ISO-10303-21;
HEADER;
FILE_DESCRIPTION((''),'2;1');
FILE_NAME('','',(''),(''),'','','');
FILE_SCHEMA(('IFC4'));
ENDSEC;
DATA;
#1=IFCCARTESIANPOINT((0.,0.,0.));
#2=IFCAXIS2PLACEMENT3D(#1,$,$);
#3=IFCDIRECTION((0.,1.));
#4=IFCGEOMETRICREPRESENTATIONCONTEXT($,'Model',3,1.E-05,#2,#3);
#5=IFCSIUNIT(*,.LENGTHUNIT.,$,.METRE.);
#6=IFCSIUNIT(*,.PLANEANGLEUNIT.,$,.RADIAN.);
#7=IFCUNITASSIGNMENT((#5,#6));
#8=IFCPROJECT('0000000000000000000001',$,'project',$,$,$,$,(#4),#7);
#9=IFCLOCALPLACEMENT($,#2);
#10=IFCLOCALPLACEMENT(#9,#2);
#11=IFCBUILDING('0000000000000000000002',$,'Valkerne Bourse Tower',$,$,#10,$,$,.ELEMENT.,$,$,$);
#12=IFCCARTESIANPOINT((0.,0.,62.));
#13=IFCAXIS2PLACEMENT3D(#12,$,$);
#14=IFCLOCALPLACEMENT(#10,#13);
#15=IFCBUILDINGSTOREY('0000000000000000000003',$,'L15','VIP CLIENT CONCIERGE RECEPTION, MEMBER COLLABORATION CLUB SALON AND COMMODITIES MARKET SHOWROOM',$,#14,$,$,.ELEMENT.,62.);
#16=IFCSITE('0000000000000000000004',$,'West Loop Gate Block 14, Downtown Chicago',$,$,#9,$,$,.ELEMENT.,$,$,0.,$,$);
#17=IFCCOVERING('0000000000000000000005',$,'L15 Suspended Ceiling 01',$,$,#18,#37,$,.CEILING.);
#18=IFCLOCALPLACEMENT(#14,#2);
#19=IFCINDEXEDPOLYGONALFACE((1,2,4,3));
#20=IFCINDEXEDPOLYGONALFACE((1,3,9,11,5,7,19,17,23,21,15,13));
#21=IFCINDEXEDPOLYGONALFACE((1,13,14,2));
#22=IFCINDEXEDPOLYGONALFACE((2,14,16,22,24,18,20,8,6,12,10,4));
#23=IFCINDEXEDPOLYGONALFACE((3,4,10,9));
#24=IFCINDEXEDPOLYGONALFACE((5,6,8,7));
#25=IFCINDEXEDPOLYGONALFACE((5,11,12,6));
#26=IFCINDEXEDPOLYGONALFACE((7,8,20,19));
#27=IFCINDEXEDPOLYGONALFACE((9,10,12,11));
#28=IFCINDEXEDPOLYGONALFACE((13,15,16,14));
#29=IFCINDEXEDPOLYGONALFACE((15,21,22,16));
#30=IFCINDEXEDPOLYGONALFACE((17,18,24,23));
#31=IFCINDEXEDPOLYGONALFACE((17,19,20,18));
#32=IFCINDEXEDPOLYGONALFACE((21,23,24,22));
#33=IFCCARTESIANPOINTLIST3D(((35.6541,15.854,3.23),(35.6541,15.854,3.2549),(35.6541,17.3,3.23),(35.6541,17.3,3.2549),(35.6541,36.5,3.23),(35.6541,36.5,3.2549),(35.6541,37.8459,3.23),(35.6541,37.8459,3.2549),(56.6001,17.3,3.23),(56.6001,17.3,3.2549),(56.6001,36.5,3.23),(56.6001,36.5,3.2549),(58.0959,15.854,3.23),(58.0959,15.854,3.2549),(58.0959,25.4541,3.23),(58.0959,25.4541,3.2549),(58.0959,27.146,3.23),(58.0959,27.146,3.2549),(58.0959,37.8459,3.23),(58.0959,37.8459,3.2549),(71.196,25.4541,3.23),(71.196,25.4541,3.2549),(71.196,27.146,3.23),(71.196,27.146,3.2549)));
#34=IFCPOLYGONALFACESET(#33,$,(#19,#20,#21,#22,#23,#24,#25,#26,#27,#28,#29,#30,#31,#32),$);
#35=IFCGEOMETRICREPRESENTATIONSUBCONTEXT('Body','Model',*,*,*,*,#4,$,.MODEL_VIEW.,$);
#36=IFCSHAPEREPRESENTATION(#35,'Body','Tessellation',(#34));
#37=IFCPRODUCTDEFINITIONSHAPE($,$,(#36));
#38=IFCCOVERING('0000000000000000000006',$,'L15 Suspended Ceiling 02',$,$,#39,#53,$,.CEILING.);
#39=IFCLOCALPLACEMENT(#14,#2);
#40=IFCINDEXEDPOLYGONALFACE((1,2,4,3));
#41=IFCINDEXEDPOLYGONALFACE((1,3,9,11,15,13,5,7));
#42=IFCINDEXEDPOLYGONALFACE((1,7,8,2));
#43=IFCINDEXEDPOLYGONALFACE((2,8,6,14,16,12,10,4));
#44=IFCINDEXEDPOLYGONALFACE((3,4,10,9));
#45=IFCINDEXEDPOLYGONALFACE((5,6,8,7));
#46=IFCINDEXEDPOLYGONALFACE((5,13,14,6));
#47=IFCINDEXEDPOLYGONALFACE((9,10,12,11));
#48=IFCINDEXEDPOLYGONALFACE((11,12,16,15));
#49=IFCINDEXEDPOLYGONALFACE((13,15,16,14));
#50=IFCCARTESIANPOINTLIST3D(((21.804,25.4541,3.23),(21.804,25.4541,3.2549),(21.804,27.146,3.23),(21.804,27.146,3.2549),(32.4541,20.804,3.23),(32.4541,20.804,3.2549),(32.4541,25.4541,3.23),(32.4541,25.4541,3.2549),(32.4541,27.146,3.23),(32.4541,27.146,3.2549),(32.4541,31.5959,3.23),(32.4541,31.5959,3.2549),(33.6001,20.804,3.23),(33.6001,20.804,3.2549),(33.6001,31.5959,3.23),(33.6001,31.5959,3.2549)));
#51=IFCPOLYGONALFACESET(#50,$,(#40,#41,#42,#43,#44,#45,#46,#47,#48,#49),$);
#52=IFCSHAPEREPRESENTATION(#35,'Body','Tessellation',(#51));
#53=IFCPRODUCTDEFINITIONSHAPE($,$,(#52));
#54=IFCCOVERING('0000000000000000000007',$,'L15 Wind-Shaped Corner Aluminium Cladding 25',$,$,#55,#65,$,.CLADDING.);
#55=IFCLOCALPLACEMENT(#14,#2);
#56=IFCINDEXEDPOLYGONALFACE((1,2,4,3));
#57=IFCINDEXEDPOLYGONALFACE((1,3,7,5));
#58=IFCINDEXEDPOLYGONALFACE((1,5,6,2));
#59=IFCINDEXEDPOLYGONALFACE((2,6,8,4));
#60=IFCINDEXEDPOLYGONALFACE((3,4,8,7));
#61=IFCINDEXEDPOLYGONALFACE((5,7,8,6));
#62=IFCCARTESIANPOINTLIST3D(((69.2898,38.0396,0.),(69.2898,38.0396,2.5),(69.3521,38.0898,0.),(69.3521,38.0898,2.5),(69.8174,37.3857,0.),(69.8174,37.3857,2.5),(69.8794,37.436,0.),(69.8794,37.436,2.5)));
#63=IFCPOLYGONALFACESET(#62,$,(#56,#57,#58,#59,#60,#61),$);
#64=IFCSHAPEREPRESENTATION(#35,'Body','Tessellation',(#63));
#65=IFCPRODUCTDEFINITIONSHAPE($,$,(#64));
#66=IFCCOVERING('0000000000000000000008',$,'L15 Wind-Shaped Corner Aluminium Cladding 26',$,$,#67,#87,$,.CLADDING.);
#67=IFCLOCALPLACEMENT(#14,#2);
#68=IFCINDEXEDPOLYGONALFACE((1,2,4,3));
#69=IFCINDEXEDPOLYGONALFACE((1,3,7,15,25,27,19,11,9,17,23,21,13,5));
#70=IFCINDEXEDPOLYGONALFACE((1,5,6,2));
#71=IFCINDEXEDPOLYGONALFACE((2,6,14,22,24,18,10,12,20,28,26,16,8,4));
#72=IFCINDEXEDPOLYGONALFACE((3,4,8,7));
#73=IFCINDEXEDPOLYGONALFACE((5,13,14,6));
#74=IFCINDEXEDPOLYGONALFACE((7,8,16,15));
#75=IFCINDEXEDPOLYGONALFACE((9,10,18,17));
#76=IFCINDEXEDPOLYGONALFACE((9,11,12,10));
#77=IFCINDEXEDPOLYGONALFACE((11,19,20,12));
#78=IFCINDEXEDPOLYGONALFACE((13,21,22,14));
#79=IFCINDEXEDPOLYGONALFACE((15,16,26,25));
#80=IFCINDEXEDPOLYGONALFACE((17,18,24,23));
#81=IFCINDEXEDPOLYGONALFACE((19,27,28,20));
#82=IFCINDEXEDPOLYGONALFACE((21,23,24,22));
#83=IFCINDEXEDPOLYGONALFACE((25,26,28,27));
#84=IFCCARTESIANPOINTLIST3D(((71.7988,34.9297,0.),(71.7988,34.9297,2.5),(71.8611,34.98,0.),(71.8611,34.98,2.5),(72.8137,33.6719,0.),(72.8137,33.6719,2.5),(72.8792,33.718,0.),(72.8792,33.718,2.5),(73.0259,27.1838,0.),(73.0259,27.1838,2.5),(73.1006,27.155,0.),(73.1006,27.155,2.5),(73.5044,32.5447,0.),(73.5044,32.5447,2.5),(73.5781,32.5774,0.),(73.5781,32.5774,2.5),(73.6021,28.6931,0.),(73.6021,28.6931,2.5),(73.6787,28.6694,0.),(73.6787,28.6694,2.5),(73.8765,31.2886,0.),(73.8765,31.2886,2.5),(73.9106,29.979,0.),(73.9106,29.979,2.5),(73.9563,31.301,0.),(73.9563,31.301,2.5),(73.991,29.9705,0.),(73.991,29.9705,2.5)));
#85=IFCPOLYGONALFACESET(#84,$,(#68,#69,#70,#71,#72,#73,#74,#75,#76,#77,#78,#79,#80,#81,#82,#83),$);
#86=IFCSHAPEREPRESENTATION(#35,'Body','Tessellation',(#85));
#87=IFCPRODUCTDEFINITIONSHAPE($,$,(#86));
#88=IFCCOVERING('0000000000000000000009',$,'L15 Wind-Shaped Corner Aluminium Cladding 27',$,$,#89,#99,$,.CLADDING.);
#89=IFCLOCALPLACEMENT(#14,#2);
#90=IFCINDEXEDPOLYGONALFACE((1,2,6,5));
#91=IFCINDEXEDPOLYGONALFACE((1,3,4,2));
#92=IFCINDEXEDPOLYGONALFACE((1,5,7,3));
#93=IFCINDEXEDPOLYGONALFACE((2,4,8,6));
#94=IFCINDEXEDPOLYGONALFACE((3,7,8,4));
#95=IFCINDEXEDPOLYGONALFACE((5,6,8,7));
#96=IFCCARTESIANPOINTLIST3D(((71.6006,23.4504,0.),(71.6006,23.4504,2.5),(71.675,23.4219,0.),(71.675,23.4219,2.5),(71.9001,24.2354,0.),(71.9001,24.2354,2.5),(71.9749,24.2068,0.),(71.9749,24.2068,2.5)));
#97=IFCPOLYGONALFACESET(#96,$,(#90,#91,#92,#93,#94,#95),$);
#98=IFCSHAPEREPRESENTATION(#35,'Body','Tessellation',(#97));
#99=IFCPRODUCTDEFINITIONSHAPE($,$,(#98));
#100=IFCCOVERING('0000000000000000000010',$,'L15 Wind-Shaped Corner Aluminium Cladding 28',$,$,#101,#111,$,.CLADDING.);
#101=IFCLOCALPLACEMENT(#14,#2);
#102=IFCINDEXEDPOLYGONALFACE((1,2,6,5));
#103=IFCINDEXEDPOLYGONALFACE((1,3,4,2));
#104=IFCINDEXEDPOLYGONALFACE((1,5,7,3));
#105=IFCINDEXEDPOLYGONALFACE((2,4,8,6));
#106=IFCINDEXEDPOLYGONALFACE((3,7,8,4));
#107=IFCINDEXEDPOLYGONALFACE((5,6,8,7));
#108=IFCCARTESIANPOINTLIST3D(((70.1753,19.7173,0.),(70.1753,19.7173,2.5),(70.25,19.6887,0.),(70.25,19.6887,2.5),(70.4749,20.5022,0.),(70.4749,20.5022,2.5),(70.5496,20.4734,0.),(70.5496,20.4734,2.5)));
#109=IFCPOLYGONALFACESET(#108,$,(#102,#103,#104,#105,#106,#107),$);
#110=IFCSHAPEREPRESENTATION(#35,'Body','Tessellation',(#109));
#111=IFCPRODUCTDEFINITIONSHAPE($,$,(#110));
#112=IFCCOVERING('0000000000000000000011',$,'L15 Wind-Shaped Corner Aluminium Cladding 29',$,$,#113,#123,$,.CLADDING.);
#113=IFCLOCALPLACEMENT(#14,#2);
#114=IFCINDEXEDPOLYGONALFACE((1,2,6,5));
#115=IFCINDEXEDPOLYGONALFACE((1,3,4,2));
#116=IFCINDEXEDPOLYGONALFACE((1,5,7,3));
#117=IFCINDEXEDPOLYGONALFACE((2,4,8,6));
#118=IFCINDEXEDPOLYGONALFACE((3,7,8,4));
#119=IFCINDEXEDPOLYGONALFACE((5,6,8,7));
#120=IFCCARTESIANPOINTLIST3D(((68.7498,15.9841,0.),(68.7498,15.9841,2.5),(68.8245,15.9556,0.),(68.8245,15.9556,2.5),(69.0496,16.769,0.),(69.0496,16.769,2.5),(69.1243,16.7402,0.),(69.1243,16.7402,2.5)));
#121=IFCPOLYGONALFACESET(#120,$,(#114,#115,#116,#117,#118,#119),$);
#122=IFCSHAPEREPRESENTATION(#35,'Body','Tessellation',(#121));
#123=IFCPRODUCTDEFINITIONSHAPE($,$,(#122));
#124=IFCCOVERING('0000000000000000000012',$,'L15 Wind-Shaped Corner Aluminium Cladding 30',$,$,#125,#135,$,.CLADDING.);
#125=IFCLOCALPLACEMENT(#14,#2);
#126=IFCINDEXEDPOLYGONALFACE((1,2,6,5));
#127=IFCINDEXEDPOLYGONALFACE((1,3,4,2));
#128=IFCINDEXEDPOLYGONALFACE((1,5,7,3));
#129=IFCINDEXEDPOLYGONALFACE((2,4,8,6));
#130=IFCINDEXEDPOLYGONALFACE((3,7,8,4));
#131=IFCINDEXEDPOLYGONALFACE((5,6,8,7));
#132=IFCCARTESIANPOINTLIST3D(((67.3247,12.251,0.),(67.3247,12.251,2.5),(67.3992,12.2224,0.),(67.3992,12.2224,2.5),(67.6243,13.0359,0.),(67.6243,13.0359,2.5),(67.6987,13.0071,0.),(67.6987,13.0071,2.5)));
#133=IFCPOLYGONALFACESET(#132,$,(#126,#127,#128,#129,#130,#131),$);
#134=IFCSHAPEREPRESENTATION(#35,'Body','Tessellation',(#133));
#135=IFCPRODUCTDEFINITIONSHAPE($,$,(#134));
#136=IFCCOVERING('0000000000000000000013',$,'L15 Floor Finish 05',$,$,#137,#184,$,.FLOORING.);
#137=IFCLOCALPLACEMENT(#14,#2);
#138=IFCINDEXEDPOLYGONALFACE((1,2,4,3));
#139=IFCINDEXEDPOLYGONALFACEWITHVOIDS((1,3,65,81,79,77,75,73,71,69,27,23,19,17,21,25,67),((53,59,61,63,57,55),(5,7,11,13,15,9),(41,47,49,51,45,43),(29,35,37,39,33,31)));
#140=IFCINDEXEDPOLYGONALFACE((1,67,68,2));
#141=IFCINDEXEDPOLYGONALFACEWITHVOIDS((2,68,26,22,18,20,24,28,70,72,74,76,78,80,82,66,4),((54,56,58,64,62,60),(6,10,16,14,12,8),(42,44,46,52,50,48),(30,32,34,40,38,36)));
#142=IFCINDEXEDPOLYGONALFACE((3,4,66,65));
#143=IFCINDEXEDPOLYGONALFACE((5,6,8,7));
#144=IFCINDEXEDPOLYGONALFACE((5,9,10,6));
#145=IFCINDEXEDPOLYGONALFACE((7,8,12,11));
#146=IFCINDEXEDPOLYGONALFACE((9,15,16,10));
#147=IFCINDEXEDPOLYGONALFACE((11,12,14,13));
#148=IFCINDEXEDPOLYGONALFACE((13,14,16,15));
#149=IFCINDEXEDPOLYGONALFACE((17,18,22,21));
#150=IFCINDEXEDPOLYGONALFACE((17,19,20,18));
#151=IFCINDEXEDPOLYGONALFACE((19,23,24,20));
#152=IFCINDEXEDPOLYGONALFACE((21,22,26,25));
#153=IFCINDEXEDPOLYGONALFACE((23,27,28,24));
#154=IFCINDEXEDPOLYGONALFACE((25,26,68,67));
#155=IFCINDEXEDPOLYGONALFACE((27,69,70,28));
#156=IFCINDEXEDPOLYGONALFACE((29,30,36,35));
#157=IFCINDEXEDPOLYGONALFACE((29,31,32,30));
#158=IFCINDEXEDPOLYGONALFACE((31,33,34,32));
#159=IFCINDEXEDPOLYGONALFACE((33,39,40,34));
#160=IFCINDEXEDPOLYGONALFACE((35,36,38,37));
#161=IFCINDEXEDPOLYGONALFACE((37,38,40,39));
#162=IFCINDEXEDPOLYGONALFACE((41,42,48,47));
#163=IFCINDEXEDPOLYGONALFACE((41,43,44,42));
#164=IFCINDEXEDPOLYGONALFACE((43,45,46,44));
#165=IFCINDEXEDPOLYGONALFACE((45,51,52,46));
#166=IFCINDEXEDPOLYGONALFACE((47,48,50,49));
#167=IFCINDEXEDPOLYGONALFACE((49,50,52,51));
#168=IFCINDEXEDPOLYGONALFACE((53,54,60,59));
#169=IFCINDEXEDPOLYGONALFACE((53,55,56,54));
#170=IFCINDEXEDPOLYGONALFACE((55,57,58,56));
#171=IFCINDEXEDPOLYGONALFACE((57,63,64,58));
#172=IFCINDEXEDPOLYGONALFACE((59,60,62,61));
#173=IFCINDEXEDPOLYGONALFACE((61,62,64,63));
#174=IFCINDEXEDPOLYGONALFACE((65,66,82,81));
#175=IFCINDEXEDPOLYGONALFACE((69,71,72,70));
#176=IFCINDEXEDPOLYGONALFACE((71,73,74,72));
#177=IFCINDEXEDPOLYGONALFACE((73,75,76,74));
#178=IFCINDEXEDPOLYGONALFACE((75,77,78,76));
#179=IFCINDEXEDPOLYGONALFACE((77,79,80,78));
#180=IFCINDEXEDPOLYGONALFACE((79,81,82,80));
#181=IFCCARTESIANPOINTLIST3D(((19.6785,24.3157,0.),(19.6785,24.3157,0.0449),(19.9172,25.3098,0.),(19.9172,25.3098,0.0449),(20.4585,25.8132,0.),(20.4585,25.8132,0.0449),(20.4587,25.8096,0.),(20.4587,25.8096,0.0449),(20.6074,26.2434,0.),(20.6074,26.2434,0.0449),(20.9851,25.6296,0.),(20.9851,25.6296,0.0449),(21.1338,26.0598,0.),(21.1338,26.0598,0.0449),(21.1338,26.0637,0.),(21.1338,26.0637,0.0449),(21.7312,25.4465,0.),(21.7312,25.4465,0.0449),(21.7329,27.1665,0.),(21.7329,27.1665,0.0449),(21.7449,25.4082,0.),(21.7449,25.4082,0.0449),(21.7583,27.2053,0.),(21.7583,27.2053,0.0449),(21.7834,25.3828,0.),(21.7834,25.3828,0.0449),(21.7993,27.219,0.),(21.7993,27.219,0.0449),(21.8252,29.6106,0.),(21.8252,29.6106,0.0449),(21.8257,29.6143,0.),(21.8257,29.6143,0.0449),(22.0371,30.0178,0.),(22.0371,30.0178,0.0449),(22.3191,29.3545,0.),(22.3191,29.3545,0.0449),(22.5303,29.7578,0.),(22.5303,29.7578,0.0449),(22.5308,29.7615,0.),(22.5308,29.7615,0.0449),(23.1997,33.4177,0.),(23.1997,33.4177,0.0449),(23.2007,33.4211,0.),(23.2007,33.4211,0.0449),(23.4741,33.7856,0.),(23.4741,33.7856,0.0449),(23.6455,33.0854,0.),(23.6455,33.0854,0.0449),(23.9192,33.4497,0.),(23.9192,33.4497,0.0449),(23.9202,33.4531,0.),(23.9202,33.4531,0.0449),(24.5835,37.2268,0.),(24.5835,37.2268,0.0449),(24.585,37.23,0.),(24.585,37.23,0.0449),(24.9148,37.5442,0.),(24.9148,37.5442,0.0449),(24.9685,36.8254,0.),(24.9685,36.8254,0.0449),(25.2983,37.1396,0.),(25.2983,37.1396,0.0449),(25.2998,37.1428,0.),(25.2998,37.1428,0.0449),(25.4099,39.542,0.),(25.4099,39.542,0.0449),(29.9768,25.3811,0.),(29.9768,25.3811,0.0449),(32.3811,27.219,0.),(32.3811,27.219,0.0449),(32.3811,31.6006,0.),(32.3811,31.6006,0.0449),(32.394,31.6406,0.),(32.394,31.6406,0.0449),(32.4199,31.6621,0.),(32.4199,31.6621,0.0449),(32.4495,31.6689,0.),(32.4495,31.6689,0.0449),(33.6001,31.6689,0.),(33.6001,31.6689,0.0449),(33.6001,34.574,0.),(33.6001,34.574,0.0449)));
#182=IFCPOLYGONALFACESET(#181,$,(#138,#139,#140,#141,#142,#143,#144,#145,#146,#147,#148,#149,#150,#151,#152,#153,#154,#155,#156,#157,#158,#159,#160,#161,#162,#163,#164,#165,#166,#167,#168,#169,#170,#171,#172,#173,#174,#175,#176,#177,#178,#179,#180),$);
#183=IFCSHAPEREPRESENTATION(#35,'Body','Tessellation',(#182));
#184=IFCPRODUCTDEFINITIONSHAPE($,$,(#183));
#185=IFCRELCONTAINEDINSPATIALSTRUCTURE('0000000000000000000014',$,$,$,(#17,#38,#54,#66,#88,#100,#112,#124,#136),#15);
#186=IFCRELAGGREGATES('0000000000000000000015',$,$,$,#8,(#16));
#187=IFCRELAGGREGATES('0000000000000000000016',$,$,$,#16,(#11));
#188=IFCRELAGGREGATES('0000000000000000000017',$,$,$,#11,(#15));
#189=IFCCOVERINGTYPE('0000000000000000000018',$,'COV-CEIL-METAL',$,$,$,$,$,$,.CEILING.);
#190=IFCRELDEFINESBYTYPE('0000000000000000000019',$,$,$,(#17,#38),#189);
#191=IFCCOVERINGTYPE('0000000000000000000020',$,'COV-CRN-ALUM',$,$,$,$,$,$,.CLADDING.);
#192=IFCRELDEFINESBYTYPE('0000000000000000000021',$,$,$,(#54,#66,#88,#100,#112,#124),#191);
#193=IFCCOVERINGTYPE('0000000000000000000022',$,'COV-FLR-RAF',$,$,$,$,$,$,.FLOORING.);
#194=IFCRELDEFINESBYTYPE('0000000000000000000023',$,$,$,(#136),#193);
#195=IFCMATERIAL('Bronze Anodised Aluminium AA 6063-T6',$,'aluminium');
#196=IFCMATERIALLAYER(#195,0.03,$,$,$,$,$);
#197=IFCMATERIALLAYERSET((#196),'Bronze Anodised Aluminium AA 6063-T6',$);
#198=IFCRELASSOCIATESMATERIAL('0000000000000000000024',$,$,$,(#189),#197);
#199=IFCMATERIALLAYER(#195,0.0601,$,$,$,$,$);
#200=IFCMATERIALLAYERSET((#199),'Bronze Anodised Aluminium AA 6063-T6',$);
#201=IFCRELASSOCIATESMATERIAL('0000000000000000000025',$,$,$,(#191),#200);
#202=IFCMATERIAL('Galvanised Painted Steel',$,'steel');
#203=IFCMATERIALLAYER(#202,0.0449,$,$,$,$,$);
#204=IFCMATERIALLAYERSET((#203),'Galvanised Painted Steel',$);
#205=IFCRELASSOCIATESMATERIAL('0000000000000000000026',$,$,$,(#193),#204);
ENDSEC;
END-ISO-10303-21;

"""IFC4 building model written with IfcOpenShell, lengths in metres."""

from ifc_helpers import new_model, si_unit, direction, frame, origin, place, context, subcontext, project, spatial, polyline, outline, extrude, material, layer, layer_set, type_object, element, save


model = new_model("IFC4")

# Units and contexts
model_context = context("Model", 3, precision=1e-05, world=origin(), true_north=direction((0.0, 1.0)))
body_context = subcontext(model_context, "Body", "Model", "MODEL_VIEW")
ifc_project = project(units=[si_unit("LENGTHUNIT", "METRE"), si_unit("PLANEANGLEUNIT", "RADIAN")], contexts=[model_context])

# Site, building, storey
site_placement = place(None, origin())
site = spatial("IfcSite", under=ifc_project, at=site_placement, Name="West Loop Gate Block 14, Downtown Chicago", CompositionType="ELEMENT", RefElevation=0.0)
building_placement = place(site_placement, origin())
building = spatial("IfcBuilding", under=site, at=building_placement, Name="Valkerne Bourse Tower", CompositionType="ELEMENT")
storey_placement = place(building_placement, frame((0.0, 0.0, 62.0)))
storey = spatial("IfcBuildingStorey", under=building, at=storey_placement, Name="L15", Description="VIP CLIENT CONCIERGE RECEPTION, MEMBER COLLABORATION CLUB SALON AND COMMODITIES MARKET SHOWROOM", CompositionType="ELEMENT", Elevation=62.0)

# Coverings
ifc_material_1 = material(Name="Bronze Anodised Aluminium AA 6063-T6", Category="aluminium")
ifc_layer_1 = layer(ifc_material_1, 0.03)
ifc_layer_set_1 = layer_set([ifc_layer_1], Name="Bronze Anodised Aluminium AA 6063-T6")
covering_type_1 = type_object("IfcCoveringType", Name="COV-CEIL-METAL", PredefinedType="CEILING", material=ifc_layer_set_1)
covering_1_placement = place(storey_placement, frame((0.0, 0.0, 3.23)))
element("IfcCovering", 1, at=covering_1_placement, inside=storey, type_object=covering_type_1, Name="L15 Suspended Ceiling 01", PredefinedType="CEILING", context=body_context, shape_type="SweptSolid", body=[
    extrude(outline(polyline([(71.196, 27.146), (71.196, 25.4541), (58.0959, 25.4541), (58.0959, 15.854), (35.6541, 15.854), (35.6541, 17.3), (56.6001, 17.3), (56.6001, 36.5), (35.6541, 36.5), (35.6541, 37.8459), (58.0959, 37.8459), (58.0959, 27.146), (71.196, 27.146)])), origin(), (0.0, 0.0, 1.0), 0.0249),
])
covering_2_placement = place(storey_placement, frame((0.0, 0.0, 3.23)))
element("IfcCovering", 2, at=covering_2_placement, inside=storey, type_object=covering_type_1, Name="L15 Suspended Ceiling 02", PredefinedType="CEILING", context=body_context, shape_type="SweptSolid", body=[
    extrude(outline(polyline([(32.4541, 20.804), (32.4541, 25.4541), (21.804, 25.4541), (21.804, 27.146), (32.4541, 27.146), (32.4541, 31.5959), (33.6001, 31.5959), (33.6001, 20.804), (32.4541, 20.804)])), origin(), (0.0, 0.0, 1.0), 0.0249),
])
ifc_layer_2 = layer(ifc_material_1, 0.0601)
ifc_layer_set_2 = layer_set([ifc_layer_2], Name="Bronze Anodised Aluminium AA 6063-T6")
covering_type_2 = type_object("IfcCoveringType", Name="COV-CRN-ALUM", PredefinedType="CLADDING", material=ifc_layer_set_2)
covering_3_placement = place(storey_placement, origin())
element("IfcCovering", 3, at=covering_3_placement, inside=storey, type_object=covering_type_2, Name="L15 Wind-Shaped Corner Aluminium Cladding 25", PredefinedType="CLADDING", context=body_context, shape_type="SweptSolid", body=[
    extrude(outline(polyline([(69.8794, 37.436), (69.8174, 37.3857), (69.2898, 38.0396), (69.3521, 38.0898), (69.8794, 37.436)])), origin(), (0.0, 0.0, 1.0), 2.5),
])
covering_4_placement = place(storey_placement, origin())
element("IfcCovering", 4, at=covering_4_placement, inside=storey, type_object=covering_type_2, Name="L15 Wind-Shaped Corner Aluminium Cladding 26", PredefinedType="CLADDING", context=body_context, shape_type="SweptSolid", body=[
    extrude(outline(polyline([(72.8792, 33.718), (73.5781, 32.5774), (73.9563, 31.301), (73.991, 29.9705), (73.6787, 28.6694), (73.1006, 27.155), (73.0259, 27.1838), (73.6021, 28.6931), (73.9106, 29.979), (73.8765, 31.2886), (73.5044, 32.5447), (72.8137, 33.6719), (71.7988, 34.9297), (71.8611, 34.98), (72.8792, 33.718)])), origin(), (0.0, 0.0, 1.0), 2.5),
])
covering_5_placement = place(storey_placement, origin())
element("IfcCovering", 5, at=covering_5_placement, inside=storey, type_object=covering_type_2, Name="L15 Wind-Shaped Corner Aluminium Cladding 27", PredefinedType="CLADDING", context=body_context, shape_type="SweptSolid", body=[
    extrude(outline(polyline([(71.675, 23.4219), (71.6006, 23.4504), (71.9001, 24.2354), (71.9749, 24.2068), (71.675, 23.4219)])), origin(), (0.0, 0.0, 1.0), 2.5),
])
covering_6_placement = place(storey_placement, origin())
element("IfcCovering", 6, at=covering_6_placement, inside=storey, type_object=covering_type_2, Name="L15 Wind-Shaped Corner Aluminium Cladding 28", PredefinedType="CLADDING", context=body_context, shape_type="SweptSolid", body=[
    extrude(outline(polyline([(70.25, 19.6887), (70.1753, 19.7173), (70.4749, 20.5022), (70.5496, 20.4734), (70.25, 19.6887)])), origin(), (0.0, 0.0, 1.0), 2.5),
])
covering_7_placement = place(storey_placement, origin())
element("IfcCovering", 7, at=covering_7_placement, inside=storey, type_object=covering_type_2, Name="L15 Wind-Shaped Corner Aluminium Cladding 29", PredefinedType="CLADDING", context=body_context, shape_type="SweptSolid", body=[
    extrude(outline(polyline([(68.8245, 15.9556), (68.7498, 15.9841), (69.0496, 16.769), (69.1243, 16.7402), (68.8245, 15.9556)])), origin(), (0.0, 0.0, 1.0), 2.5),
])
covering_8_placement = place(storey_placement, origin())
element("IfcCovering", 8, at=covering_8_placement, inside=storey, type_object=covering_type_2, Name="L15 Wind-Shaped Corner Aluminium Cladding 30", PredefinedType="CLADDING", context=body_context, shape_type="SweptSolid", body=[
    extrude(outline(polyline([(67.3992, 12.2224), (67.3247, 12.251), (67.6243, 13.0359), (67.6987, 13.0071), (67.3992, 12.2224)])), origin(), (0.0, 0.0, 1.0), 2.5),
])
ifc_material_2 = material(Name="Galvanised Painted Steel", Category="steel")
ifc_layer_3 = layer(ifc_material_2, 0.0449)
ifc_layer_set_3 = layer_set([ifc_layer_3], Name="Galvanised Painted Steel")
covering_type_3 = type_object("IfcCoveringType", Name="COV-FLR-RAF", PredefinedType="FLOORING", material=ifc_layer_set_3)
covering_9_placement = place(storey_placement, origin())
element("IfcCovering", 9, at=covering_9_placement, inside=storey, type_object=covering_type_3, Name="L15 Floor Finish 05", PredefinedType="FLOORING", context=body_context, shape_type="SweptSolid", body=[
    extrude(outline(polyline([(33.6001, 34.574), (33.6001, 31.6689), (32.4495, 31.6689), (32.4199, 31.6621), (32.394, 31.6406), (32.3811, 31.6006), (32.3811, 27.219), (21.7993, 27.219), (21.7583, 27.2053), (21.7329, 27.1665), (21.7312, 25.4465), (21.7449, 25.4082), (21.7834, 25.3828), (29.9768, 25.3811), (19.6785, 24.3157), (19.9172, 25.3098), (25.4099, 39.542), (33.6001, 34.574)]), holes=[polyline([(21.1338, 26.0637), (20.6074, 26.2434), (20.4585, 25.8132), (20.4587, 25.8096), (20.9851, 25.6296), (21.1338, 26.0598), (21.1338, 26.0637)]), polyline([(22.5303, 29.7578), (22.5308, 29.7615), (22.0371, 30.0178), (21.8257, 29.6143), (21.8252, 29.6106), (22.3191, 29.3545), (22.5303, 29.7578)]), polyline([(23.9202, 33.4531), (23.4741, 33.7856), (23.2007, 33.4211), (23.1997, 33.4177), (23.6455, 33.0854), (23.9192, 33.4497), (23.9202, 33.4531)]), polyline([(25.2983, 37.1396), (25.2998, 37.1428), (24.9148, 37.5442), (24.585, 37.23), (24.5835, 37.2268), (24.9685, 36.8254), (25.2983, 37.1396)])]), origin(), (0.0, 0.0, 1.0), 0.0449),
])

save(model, "model.ifc")
